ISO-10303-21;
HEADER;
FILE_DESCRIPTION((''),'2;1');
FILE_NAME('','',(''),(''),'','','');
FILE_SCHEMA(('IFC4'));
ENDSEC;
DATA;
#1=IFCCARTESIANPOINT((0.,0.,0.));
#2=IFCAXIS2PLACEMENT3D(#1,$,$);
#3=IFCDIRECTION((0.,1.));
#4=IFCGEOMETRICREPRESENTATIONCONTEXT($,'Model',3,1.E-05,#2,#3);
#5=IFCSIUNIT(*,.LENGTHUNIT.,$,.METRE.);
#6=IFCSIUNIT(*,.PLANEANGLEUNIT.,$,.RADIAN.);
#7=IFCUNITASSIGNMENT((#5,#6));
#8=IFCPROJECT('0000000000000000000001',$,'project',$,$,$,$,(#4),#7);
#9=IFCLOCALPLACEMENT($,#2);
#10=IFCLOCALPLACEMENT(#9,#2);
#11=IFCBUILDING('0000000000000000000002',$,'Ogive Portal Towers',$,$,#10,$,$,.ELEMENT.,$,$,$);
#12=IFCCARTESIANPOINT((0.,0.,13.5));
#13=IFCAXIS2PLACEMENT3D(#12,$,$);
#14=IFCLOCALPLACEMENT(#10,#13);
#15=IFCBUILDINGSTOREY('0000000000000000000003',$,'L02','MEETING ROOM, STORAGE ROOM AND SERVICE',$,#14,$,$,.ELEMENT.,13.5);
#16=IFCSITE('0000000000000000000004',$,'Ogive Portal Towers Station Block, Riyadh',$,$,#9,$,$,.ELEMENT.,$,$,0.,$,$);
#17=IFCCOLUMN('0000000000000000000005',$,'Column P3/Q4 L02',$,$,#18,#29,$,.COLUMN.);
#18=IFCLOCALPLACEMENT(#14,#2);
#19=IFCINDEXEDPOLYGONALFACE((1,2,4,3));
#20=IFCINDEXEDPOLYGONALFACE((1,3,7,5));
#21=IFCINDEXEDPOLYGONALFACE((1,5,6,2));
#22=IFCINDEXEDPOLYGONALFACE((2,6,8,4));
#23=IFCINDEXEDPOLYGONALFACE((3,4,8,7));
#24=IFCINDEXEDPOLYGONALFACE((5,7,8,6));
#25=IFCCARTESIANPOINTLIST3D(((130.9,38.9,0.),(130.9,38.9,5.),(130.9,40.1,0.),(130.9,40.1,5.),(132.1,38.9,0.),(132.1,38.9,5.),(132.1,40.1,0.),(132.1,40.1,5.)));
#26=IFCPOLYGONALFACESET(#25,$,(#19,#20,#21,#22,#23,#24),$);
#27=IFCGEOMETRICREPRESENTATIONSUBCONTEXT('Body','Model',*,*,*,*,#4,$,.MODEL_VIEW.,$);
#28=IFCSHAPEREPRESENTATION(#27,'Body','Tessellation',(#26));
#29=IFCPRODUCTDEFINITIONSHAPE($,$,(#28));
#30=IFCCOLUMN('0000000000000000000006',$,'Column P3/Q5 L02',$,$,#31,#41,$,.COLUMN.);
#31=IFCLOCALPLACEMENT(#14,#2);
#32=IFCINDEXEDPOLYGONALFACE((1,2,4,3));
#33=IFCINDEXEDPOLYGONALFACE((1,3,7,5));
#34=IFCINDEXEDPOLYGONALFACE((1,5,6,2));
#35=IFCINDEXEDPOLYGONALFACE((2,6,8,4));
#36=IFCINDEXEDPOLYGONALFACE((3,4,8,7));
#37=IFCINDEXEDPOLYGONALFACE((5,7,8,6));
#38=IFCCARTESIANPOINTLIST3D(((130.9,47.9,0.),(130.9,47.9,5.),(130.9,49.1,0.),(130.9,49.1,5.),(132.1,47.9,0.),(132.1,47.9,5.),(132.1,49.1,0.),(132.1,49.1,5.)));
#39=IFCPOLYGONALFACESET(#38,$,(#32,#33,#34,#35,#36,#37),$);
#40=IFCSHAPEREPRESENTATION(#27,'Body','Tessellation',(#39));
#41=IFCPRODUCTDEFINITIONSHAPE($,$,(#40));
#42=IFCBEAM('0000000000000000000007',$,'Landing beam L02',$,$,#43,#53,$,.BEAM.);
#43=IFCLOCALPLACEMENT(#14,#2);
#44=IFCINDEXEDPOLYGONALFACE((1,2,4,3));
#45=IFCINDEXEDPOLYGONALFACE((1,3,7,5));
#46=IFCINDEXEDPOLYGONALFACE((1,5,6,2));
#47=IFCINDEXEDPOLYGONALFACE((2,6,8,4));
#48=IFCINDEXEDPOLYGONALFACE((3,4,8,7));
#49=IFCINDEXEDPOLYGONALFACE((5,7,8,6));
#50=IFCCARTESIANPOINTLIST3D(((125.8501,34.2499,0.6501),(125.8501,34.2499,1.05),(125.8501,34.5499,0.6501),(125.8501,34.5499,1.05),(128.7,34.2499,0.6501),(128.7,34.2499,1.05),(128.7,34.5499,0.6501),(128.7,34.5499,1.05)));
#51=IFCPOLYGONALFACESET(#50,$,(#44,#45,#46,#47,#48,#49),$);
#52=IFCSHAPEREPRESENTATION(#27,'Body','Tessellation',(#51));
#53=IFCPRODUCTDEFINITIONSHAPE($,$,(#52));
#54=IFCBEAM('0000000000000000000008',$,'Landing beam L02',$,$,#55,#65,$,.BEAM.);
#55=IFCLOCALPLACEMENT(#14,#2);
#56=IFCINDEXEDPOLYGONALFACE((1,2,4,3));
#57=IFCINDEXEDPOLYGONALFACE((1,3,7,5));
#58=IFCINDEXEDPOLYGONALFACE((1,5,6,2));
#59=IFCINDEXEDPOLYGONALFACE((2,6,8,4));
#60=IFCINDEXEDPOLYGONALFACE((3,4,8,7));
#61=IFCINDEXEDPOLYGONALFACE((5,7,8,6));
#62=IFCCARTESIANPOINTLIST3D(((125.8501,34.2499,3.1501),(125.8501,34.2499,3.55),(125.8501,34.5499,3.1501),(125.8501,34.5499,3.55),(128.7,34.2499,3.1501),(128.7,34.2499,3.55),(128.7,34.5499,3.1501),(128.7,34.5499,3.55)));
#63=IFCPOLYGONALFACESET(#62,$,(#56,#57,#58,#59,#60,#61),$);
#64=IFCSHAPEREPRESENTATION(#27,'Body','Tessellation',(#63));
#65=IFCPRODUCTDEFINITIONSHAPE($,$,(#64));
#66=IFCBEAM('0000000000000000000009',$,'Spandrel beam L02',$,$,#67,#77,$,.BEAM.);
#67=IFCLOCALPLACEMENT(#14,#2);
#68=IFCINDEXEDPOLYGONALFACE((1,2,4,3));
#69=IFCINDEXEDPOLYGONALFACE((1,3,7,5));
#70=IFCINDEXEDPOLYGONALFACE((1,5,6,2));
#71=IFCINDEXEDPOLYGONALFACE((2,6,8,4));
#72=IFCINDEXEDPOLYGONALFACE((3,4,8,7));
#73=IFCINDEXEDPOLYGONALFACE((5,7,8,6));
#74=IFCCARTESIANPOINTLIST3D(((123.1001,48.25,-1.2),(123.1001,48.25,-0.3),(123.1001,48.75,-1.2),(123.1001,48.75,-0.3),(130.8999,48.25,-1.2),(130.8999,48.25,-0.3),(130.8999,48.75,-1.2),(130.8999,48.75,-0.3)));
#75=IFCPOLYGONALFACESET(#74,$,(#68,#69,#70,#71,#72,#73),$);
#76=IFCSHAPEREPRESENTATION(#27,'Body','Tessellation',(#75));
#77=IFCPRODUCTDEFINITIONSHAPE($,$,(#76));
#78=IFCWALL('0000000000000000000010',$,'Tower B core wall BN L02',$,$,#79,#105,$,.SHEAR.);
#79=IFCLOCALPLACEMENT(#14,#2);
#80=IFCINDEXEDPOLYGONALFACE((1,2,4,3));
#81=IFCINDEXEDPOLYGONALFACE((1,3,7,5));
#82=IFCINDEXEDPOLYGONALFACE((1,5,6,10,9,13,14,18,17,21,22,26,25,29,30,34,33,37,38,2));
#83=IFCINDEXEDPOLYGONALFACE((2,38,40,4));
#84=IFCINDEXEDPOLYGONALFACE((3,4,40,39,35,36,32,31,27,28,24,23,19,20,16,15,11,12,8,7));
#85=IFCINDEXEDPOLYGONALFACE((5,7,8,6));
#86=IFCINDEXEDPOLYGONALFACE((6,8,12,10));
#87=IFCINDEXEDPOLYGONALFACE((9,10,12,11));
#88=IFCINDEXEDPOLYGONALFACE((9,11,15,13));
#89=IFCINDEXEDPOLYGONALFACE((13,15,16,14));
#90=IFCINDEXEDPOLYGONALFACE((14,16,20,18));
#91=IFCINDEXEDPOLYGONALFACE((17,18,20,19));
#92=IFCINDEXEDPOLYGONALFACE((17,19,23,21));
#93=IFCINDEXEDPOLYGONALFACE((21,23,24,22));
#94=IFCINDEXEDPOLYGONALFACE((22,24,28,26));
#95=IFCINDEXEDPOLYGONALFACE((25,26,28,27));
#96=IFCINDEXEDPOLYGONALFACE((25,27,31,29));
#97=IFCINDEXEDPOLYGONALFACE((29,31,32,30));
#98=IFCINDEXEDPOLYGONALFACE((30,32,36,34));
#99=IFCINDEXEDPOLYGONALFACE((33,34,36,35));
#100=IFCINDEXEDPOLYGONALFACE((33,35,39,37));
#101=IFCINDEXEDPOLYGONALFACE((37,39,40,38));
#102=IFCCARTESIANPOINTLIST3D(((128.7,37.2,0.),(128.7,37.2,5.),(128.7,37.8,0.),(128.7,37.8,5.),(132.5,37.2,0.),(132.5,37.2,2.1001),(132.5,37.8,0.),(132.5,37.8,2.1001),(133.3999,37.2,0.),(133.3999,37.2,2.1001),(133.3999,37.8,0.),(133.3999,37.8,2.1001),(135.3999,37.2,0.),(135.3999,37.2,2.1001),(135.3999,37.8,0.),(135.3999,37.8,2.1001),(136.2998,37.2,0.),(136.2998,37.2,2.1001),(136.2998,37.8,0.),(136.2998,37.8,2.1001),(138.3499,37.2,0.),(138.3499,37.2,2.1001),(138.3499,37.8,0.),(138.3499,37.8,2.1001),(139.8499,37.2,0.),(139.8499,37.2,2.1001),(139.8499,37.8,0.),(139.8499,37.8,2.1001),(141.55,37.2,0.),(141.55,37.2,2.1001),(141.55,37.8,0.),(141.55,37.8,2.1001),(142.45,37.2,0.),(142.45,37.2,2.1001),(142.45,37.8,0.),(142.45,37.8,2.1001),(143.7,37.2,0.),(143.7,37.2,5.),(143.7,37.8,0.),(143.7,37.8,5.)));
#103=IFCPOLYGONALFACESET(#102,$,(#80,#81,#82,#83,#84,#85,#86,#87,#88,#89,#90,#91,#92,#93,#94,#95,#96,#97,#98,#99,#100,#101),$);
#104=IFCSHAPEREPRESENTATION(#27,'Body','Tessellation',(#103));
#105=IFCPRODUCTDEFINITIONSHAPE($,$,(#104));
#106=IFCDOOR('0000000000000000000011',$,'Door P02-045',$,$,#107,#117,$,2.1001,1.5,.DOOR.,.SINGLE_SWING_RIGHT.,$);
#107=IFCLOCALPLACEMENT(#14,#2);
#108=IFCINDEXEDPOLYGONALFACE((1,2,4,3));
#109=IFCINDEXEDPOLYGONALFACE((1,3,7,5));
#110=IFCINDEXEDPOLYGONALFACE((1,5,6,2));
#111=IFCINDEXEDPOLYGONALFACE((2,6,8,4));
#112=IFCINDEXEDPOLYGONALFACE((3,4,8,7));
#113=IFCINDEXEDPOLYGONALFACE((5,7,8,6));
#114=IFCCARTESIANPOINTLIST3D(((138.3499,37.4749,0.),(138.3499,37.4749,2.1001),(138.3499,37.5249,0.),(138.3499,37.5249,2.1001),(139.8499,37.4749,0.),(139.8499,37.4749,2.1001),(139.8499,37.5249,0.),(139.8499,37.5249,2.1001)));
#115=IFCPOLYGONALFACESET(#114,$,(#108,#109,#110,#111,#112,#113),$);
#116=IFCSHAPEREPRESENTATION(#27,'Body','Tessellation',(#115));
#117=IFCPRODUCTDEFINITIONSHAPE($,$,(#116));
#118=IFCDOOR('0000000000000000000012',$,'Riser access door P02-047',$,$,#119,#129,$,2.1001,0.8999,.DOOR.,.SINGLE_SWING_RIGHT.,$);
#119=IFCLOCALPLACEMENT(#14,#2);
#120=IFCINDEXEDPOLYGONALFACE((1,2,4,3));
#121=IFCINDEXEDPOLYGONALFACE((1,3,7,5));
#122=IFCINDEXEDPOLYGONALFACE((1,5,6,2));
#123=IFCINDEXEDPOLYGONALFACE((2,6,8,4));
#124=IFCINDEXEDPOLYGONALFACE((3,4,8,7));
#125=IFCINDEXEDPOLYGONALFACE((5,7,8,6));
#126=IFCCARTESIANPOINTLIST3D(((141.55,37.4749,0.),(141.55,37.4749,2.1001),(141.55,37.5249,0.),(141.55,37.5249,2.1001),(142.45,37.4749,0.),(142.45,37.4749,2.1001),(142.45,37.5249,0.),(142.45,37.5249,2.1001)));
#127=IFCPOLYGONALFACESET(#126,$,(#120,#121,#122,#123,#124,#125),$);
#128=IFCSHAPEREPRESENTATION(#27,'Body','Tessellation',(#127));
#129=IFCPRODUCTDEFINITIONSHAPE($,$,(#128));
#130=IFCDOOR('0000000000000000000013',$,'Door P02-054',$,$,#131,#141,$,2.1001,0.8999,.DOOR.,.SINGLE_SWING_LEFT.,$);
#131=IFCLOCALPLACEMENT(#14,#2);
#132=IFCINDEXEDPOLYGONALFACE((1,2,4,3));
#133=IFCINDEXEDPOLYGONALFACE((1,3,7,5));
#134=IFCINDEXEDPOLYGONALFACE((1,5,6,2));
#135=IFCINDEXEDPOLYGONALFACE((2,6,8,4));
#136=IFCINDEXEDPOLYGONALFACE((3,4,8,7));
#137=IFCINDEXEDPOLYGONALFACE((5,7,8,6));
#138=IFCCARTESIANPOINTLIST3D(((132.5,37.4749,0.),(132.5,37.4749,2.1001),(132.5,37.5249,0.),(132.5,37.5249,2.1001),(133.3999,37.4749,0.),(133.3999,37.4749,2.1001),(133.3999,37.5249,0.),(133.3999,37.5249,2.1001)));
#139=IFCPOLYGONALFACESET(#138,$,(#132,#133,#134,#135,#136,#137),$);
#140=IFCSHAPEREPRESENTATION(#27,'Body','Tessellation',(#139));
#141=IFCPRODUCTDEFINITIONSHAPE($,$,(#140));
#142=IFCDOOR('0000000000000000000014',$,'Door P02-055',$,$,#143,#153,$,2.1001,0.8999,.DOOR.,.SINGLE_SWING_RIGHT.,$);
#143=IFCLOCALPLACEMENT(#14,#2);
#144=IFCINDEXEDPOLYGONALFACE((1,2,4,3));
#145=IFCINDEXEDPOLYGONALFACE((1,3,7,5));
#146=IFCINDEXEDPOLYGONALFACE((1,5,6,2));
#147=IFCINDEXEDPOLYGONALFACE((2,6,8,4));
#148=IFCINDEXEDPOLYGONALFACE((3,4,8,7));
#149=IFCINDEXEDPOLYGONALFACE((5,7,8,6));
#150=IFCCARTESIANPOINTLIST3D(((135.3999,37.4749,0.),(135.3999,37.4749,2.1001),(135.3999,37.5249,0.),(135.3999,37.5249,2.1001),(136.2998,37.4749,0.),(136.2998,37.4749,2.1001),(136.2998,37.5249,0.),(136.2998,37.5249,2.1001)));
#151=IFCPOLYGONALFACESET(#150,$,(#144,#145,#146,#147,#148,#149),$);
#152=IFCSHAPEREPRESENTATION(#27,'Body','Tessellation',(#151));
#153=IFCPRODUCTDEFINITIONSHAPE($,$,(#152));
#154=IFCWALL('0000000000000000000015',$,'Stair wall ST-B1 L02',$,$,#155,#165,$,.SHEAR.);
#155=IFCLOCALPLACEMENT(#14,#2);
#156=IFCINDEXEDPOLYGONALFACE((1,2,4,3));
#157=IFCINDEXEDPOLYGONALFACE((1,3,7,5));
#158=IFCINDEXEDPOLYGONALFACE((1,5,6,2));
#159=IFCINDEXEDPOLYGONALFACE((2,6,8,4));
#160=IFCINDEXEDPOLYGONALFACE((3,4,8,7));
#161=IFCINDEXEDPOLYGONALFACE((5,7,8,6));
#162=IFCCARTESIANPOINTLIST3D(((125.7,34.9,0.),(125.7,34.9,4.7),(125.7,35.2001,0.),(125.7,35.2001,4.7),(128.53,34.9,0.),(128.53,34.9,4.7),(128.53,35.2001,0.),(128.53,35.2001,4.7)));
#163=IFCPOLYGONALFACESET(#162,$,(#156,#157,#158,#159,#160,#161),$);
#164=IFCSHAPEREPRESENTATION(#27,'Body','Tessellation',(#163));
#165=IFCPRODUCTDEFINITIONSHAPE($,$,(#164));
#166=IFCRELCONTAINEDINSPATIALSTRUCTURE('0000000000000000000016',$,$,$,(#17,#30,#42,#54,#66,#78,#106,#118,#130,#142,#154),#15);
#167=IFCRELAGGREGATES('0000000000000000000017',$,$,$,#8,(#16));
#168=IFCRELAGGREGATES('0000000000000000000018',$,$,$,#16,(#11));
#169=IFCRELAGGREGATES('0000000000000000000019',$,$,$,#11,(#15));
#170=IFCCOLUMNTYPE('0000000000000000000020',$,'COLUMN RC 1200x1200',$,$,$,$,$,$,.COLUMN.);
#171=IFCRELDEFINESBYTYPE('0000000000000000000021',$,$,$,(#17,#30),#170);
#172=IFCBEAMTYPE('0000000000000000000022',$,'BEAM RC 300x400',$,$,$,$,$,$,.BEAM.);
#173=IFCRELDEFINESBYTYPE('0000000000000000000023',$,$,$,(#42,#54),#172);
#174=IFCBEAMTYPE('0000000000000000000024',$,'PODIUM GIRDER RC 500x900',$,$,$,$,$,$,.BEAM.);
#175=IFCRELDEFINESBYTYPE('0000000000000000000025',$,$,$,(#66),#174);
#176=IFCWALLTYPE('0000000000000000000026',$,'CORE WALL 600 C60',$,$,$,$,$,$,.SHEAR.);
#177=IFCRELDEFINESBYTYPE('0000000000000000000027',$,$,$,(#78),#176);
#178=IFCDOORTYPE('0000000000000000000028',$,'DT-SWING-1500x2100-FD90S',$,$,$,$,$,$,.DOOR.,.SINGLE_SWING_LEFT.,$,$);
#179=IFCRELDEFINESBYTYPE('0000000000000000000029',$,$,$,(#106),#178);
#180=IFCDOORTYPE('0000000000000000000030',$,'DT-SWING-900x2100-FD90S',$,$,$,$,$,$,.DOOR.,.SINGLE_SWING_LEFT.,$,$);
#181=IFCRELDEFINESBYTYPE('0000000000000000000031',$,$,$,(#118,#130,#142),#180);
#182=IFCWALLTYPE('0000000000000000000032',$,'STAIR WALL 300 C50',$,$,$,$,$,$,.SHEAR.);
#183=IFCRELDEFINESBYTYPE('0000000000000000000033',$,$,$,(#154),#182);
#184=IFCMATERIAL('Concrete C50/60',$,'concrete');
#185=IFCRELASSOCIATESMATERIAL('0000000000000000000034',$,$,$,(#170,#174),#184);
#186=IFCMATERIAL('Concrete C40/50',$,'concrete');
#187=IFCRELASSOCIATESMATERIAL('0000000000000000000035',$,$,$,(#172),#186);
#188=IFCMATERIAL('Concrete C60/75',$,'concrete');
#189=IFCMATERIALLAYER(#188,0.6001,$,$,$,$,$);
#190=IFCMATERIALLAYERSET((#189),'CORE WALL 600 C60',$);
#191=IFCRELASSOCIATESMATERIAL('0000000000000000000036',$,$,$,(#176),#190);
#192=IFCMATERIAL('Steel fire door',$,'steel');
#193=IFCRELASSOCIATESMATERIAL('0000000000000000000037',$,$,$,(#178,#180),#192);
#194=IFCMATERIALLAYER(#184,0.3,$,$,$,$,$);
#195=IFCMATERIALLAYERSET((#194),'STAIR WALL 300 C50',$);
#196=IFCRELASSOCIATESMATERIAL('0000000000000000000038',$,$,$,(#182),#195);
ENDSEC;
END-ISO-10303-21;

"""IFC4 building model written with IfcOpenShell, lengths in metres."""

from ifc_helpers import new_model, si_unit, direction, frame, frame_2d, origin, origin_2d, place, context, subcontext, project, spatial, rectangle, extrude, material, layer, layer_set, material_profile, profile_set, type_object, element, fill, save


model = new_model("IFC4")

# Units and contexts
model_context = context("Model", 3, precision=1e-05, world=origin(), true_north=direction((0.0, 1.0)))
body_context = subcontext(model_context, "Body", "Model", "MODEL_VIEW")
ifc_project = project(units=[si_unit("LENGTHUNIT", "METRE"), si_unit("PLANEANGLEUNIT", "RADIAN")], contexts=[model_context])

# Site, building, storey
site_placement = place(None, origin())
site = spatial("IfcSite", under=ifc_project, at=site_placement, Name="Ogive Portal Towers Station Block, Riyadh", CompositionType="ELEMENT", RefElevation=0.0)
building_placement = place(site_placement, origin())
building = spatial("IfcBuilding", under=site, at=building_placement, Name="Ogive Portal Towers", CompositionType="ELEMENT")
storey_placement = place(building_placement, frame((0.0, 0.0, 13.5)))
storey = spatial("IfcBuildingStorey", under=building, at=storey_placement, Name="L02", Description="MEETING ROOM, STORAGE ROOM AND SERVICE", CompositionType="ELEMENT", Elevation=13.5)

# Columns
ifc_material_1 = material(Name="Concrete C50/60", Category="concrete")
ifc_material_profile_1 = material_profile(ifc_material_1, rectangle(XDim=1.2, YDim=1.2, at=origin_2d()), Name="RC 1200x1200")
ifc_profile_set_1 = profile_set([ifc_material_profile_1], Name="Concrete C50/60")
column_type = type_object("IfcColumnType", Name="COLUMN RC 1200x1200", PredefinedType="COLUMN", material=ifc_profile_set_1)
for number, where, z_axis, x_axis, name in (
    (1, (131.5, 39.5, 0.0), (0.0, 0.0, 1.0), (1.0, 0.0, 0.0), "Column P3/Q4 L02"),
    (2, (131.5, 48.5, 0.0), (0.0, 0.0, 1.0), (1.0, 0.0, 0.0), "Column P3/Q5 L02"),
):
    element("IfcColumn", number, at=place(storey_placement, frame(where, z_axis=z_axis, x_axis=x_axis)), inside=storey, type_object=column_type, Name=name, PredefinedType="COLUMN", context=body_context, shape_type="SweptSolid", body=[
        extrude(rectangle(XDim=1.2, YDim=1.2, at=origin_2d()), origin(), (0.0, 0.0, 1.0), 5.0),
    ])

# Beams
ifc_material_2 = material(Name="Concrete C40/50", Category="concrete")
ifc_material_profile_2 = material_profile(ifc_material_2, rectangle(XDim=0.3, YDim=0.3999, at=origin_2d()), Name="RC 300x400")
ifc_profile_set_2 = profile_set([ifc_material_profile_2], Name="Concrete C40/50")
beam_type_1 = type_object("IfcBeamType", Name="BEAM RC 300x400", PredefinedType="BEAM", material=ifc_profile_set_2)
for number, where, z_axis, x_axis, name in (
    (3, (125.8501, 34.3999, 0.8501), (1.0, 0.0, 0.0), (0.0, 1.0, 0.0), "Landing beam L02"),
    (4, (125.8501, 34.3999, 3.3501), (1.0, 0.0, 0.0), (0.0, 1.0, 0.0), "Landing beam L02"),
):
    element("IfcBeam", number, at=place(storey_placement, frame(where, z_axis=z_axis, x_axis=x_axis)), inside=storey, type_object=beam_type_1, Name=name, PredefinedType="BEAM", context=body_context, shape_type="SweptSolid", body=[
        extrude(rectangle(XDim=0.3, YDim=0.3999, at=origin_2d()), origin(), (0.0, 0.0, 1.0), 2.8499),
    ])
ifc_material_profile_3 = material_profile(ifc_material_1, rectangle(XDim=0.5, YDim=0.8999, at=origin_2d()), Name="RC 500x900")
ifc_profile_set_3 = profile_set([ifc_material_profile_3], Name="Concrete C50/60")
beam_type_2 = type_object("IfcBeamType", Name="PODIUM GIRDER RC 500x900", PredefinedType="BEAM", material=ifc_profile_set_3)
beam_placement = place(storey_placement, frame((130.8999, 48.5, -0.75), z_axis=(-1.0, 0.0, 0.0), x_axis=(0.0, -1.0, 0.0)))
element("IfcBeam", 5, at=beam_placement, inside=storey, type_object=beam_type_2, Name="Spandrel beam L02", PredefinedType="BEAM", context=body_context, shape_type="SweptSolid", body=[
    extrude(rectangle(XDim=0.5, YDim=0.8999, at=origin_2d()), origin(), (0.0, 0.0, 1.0), 7.7998),
])

# Wall, openings, doors
ifc_material_3 = material(Name="Concrete C60/75", Category="concrete")
ifc_layer_1 = layer(ifc_material_3, 0.6001)
ifc_layer_set_1 = layer_set([ifc_layer_1], Name="CORE WALL 600 C60")
wall_type_1 = type_object("IfcWallType", Name="CORE WALL 600 C60", PredefinedType="SHEAR", material=ifc_layer_set_1)
wall_1_placement = place(storey_placement, frame((128.7, 37.5, 0.0), z_axis=(0.0, 0.0, 1.0), x_axis=(1.0, 0.0, 0.0)))
wall_1 = element("IfcWall", 6, at=wall_1_placement, inside=storey, type_object=wall_type_1, Name="Tower B core wall BN L02", PredefinedType="SHEAR", context=body_context, shape_type="SweptSolid", body=[
    extrude(rectangle(XDim=15.0, YDim=0.6001, at=frame_2d((7.5, 0.0))), origin(), (0.0, 0.0, 1.0), 5.0),
])
opening_1_placement = place(wall_1_placement, frame((9.6499, 0.0, 0.0)))
opening_1 = element("IfcOpeningElement", 7, at=opening_1_placement, cuts=wall_1, PredefinedType="OPENING", context=body_context, shape_type="SweptSolid", body=[
    extrude(rectangle(XDim=1.5, YDim=2.1001, at=frame_2d((0.75, 1.05))), frame((0.0, 0.3101, 0.0), z_axis=(0.0, -1.0, 0.0), x_axis=(1.0, 0.0, 0.0)), (0.0, 0.0, 1.0), 0.6201),
])
opening_2_placement = place(wall_1_placement, frame((12.8501, 0.0, 0.0)))
opening_2 = element("IfcOpeningElement", 8, at=opening_2_placement, cuts=wall_1, PredefinedType="OPENING", context=body_context, shape_type="SweptSolid", body=[
    extrude(rectangle(XDim=0.8999, YDim=2.1001, at=frame_2d((0.45, 1.05))), frame((0.0, 0.3101, 0.0), z_axis=(0.0, -1.0, 0.0), x_axis=(1.0, 0.0, 0.0)), (0.0, 0.0, 1.0), 0.6201),
])
opening_3_placement = place(wall_1_placement, frame((3.8, 0.0, 0.0)))
opening_3 = element("IfcOpeningElement", 9, at=opening_3_placement, cuts=wall_1, PredefinedType="OPENING", context=body_context, shape_type="SweptSolid", body=[
    extrude(rectangle(XDim=0.8999, YDim=2.1001, at=frame_2d((0.45, 1.05))), frame((0.0, 0.3101, 0.0), z_axis=(0.0, -1.0, 0.0), x_axis=(1.0, 0.0, 0.0)), (0.0, 0.0, 1.0), 0.6201),
])
opening_4_placement = place(wall_1_placement, frame((6.7, 0.0, 0.0)))
opening_4 = element("IfcOpeningElement", 10, at=opening_4_placement, cuts=wall_1, PredefinedType="OPENING", context=body_context, shape_type="SweptSolid", body=[
    extrude(rectangle(XDim=0.8999, YDim=2.1001, at=frame_2d((0.45, 1.05))), frame((0.0, 0.3101, 0.0), z_axis=(0.0, -1.0, 0.0), x_axis=(1.0, 0.0, 0.0)), (0.0, 0.0, 1.0), 0.6201),
])
ifc_material_4 = material(Name="Steel fire door", Category="steel")
door_type_1 = type_object("IfcDoorType", Name="DT-SWING-1500x2100-FD90S", OperationType="SINGLE_SWING_LEFT", PredefinedType="DOOR", material=ifc_material_4)
door_1_placement = place(opening_1_placement, origin())
door_1 = element("IfcDoor", 11, at=door_1_placement, inside=storey, type_object=door_type_1, Name="Door P02-045", OperationType="SINGLE_SWING_RIGHT", OverallHeight=2.1001, OverallWidth=1.5, PredefinedType="DOOR", context=body_context, shape_type="SweptSolid", body=[
    extrude(rectangle(XDim=1.5, YDim=2.1001, at=frame_2d((0.75, 1.05))), frame((0.0, 0.0249, 0.0), z_axis=(0.0, -1.0, 0.0), x_axis=(1.0, 0.0, 0.0)), (0.0, 0.0, 1.0), 0.05),
])
fill(opening_1, door_1)
door_type_2 = type_object("IfcDoorType", Name="DT-SWING-900x2100-FD90S", OperationType="SINGLE_SWING_LEFT", PredefinedType="DOOR", material=ifc_material_4)
door_2_placement = place(opening_2_placement, origin())
door_2 = element("IfcDoor", 12, at=door_2_placement, inside=storey, type_object=door_type_2, Name="Riser access door P02-047", OperationType="SINGLE_SWING_RIGHT", OverallHeight=2.1001, OverallWidth=0.8999, PredefinedType="DOOR", context=body_context, shape_type="SweptSolid", body=[
    extrude(rectangle(XDim=0.8999, YDim=2.1001, at=frame_2d((0.45, 1.05))), frame((0.0, 0.0249, 0.0), z_axis=(0.0, -1.0, 0.0), x_axis=(1.0, 0.0, 0.0)), (0.0, 0.0, 1.0), 0.05),
])
fill(opening_2, door_2)
door_3_placement = place(opening_3_placement, origin())
door_3 = element("IfcDoor", 13, at=door_3_placement, inside=storey, type_object=door_type_2, Name="Door P02-054", OperationType="SINGLE_SWING_LEFT", OverallHeight=2.1001, OverallWidth=0.8999, PredefinedType="DOOR", context=body_context, shape_type="SweptSolid", body=[
    extrude(rectangle(XDim=0.8999, YDim=2.1001, at=frame_2d((0.45, 1.05))), frame((0.0, 0.0249, 0.0), z_axis=(0.0, -1.0, 0.0), x_axis=(1.0, 0.0, 0.0)), (0.0, 0.0, 1.0), 0.05),
])
fill(opening_3, door_3)
door_4_placement = place(opening_4_placement, origin())
door_4 = element("IfcDoor", 14, at=door_4_placement, inside=storey, type_object=door_type_2, Name="Door P02-055", OperationType="SINGLE_SWING_RIGHT", OverallHeight=2.1001, OverallWidth=0.8999, PredefinedType="DOOR", context=body_context, shape_type="SweptSolid", body=[
    extrude(rectangle(XDim=0.8999, YDim=2.1001, at=frame_2d((0.45, 1.05))), frame((0.0, 0.0249, 0.0), z_axis=(0.0, -1.0, 0.0), x_axis=(1.0, 0.0, 0.0)), (0.0, 0.0, 1.0), 0.05),
])
fill(opening_4, door_4)

# Wall
ifc_layer_2 = layer(ifc_material_1, 0.3)
ifc_layer_set_2 = layer_set([ifc_layer_2], Name="STAIR WALL 300 C50")
wall_type_2 = type_object("IfcWallType", Name="STAIR WALL 300 C50", PredefinedType="SHEAR", material=ifc_layer_set_2)
wall_2_placement = place(storey_placement, frame((125.7, 35.05, 0.0), z_axis=(0.0, 0.0, 1.0), x_axis=(1.0, 0.0, 0.0)))
element("IfcWall", 15, at=wall_2_placement, inside=storey, type_object=wall_type_2, Name="Stair wall ST-B1 L02", PredefinedType="SHEAR", context=body_context, shape_type="SweptSolid", body=[
    extrude(rectangle(XDim=2.8301, YDim=0.3, at=frame_2d((1.415, 0.0))), origin(), (0.0, 0.0, 1.0), 4.7),
])

save(model, "model.ifc")
